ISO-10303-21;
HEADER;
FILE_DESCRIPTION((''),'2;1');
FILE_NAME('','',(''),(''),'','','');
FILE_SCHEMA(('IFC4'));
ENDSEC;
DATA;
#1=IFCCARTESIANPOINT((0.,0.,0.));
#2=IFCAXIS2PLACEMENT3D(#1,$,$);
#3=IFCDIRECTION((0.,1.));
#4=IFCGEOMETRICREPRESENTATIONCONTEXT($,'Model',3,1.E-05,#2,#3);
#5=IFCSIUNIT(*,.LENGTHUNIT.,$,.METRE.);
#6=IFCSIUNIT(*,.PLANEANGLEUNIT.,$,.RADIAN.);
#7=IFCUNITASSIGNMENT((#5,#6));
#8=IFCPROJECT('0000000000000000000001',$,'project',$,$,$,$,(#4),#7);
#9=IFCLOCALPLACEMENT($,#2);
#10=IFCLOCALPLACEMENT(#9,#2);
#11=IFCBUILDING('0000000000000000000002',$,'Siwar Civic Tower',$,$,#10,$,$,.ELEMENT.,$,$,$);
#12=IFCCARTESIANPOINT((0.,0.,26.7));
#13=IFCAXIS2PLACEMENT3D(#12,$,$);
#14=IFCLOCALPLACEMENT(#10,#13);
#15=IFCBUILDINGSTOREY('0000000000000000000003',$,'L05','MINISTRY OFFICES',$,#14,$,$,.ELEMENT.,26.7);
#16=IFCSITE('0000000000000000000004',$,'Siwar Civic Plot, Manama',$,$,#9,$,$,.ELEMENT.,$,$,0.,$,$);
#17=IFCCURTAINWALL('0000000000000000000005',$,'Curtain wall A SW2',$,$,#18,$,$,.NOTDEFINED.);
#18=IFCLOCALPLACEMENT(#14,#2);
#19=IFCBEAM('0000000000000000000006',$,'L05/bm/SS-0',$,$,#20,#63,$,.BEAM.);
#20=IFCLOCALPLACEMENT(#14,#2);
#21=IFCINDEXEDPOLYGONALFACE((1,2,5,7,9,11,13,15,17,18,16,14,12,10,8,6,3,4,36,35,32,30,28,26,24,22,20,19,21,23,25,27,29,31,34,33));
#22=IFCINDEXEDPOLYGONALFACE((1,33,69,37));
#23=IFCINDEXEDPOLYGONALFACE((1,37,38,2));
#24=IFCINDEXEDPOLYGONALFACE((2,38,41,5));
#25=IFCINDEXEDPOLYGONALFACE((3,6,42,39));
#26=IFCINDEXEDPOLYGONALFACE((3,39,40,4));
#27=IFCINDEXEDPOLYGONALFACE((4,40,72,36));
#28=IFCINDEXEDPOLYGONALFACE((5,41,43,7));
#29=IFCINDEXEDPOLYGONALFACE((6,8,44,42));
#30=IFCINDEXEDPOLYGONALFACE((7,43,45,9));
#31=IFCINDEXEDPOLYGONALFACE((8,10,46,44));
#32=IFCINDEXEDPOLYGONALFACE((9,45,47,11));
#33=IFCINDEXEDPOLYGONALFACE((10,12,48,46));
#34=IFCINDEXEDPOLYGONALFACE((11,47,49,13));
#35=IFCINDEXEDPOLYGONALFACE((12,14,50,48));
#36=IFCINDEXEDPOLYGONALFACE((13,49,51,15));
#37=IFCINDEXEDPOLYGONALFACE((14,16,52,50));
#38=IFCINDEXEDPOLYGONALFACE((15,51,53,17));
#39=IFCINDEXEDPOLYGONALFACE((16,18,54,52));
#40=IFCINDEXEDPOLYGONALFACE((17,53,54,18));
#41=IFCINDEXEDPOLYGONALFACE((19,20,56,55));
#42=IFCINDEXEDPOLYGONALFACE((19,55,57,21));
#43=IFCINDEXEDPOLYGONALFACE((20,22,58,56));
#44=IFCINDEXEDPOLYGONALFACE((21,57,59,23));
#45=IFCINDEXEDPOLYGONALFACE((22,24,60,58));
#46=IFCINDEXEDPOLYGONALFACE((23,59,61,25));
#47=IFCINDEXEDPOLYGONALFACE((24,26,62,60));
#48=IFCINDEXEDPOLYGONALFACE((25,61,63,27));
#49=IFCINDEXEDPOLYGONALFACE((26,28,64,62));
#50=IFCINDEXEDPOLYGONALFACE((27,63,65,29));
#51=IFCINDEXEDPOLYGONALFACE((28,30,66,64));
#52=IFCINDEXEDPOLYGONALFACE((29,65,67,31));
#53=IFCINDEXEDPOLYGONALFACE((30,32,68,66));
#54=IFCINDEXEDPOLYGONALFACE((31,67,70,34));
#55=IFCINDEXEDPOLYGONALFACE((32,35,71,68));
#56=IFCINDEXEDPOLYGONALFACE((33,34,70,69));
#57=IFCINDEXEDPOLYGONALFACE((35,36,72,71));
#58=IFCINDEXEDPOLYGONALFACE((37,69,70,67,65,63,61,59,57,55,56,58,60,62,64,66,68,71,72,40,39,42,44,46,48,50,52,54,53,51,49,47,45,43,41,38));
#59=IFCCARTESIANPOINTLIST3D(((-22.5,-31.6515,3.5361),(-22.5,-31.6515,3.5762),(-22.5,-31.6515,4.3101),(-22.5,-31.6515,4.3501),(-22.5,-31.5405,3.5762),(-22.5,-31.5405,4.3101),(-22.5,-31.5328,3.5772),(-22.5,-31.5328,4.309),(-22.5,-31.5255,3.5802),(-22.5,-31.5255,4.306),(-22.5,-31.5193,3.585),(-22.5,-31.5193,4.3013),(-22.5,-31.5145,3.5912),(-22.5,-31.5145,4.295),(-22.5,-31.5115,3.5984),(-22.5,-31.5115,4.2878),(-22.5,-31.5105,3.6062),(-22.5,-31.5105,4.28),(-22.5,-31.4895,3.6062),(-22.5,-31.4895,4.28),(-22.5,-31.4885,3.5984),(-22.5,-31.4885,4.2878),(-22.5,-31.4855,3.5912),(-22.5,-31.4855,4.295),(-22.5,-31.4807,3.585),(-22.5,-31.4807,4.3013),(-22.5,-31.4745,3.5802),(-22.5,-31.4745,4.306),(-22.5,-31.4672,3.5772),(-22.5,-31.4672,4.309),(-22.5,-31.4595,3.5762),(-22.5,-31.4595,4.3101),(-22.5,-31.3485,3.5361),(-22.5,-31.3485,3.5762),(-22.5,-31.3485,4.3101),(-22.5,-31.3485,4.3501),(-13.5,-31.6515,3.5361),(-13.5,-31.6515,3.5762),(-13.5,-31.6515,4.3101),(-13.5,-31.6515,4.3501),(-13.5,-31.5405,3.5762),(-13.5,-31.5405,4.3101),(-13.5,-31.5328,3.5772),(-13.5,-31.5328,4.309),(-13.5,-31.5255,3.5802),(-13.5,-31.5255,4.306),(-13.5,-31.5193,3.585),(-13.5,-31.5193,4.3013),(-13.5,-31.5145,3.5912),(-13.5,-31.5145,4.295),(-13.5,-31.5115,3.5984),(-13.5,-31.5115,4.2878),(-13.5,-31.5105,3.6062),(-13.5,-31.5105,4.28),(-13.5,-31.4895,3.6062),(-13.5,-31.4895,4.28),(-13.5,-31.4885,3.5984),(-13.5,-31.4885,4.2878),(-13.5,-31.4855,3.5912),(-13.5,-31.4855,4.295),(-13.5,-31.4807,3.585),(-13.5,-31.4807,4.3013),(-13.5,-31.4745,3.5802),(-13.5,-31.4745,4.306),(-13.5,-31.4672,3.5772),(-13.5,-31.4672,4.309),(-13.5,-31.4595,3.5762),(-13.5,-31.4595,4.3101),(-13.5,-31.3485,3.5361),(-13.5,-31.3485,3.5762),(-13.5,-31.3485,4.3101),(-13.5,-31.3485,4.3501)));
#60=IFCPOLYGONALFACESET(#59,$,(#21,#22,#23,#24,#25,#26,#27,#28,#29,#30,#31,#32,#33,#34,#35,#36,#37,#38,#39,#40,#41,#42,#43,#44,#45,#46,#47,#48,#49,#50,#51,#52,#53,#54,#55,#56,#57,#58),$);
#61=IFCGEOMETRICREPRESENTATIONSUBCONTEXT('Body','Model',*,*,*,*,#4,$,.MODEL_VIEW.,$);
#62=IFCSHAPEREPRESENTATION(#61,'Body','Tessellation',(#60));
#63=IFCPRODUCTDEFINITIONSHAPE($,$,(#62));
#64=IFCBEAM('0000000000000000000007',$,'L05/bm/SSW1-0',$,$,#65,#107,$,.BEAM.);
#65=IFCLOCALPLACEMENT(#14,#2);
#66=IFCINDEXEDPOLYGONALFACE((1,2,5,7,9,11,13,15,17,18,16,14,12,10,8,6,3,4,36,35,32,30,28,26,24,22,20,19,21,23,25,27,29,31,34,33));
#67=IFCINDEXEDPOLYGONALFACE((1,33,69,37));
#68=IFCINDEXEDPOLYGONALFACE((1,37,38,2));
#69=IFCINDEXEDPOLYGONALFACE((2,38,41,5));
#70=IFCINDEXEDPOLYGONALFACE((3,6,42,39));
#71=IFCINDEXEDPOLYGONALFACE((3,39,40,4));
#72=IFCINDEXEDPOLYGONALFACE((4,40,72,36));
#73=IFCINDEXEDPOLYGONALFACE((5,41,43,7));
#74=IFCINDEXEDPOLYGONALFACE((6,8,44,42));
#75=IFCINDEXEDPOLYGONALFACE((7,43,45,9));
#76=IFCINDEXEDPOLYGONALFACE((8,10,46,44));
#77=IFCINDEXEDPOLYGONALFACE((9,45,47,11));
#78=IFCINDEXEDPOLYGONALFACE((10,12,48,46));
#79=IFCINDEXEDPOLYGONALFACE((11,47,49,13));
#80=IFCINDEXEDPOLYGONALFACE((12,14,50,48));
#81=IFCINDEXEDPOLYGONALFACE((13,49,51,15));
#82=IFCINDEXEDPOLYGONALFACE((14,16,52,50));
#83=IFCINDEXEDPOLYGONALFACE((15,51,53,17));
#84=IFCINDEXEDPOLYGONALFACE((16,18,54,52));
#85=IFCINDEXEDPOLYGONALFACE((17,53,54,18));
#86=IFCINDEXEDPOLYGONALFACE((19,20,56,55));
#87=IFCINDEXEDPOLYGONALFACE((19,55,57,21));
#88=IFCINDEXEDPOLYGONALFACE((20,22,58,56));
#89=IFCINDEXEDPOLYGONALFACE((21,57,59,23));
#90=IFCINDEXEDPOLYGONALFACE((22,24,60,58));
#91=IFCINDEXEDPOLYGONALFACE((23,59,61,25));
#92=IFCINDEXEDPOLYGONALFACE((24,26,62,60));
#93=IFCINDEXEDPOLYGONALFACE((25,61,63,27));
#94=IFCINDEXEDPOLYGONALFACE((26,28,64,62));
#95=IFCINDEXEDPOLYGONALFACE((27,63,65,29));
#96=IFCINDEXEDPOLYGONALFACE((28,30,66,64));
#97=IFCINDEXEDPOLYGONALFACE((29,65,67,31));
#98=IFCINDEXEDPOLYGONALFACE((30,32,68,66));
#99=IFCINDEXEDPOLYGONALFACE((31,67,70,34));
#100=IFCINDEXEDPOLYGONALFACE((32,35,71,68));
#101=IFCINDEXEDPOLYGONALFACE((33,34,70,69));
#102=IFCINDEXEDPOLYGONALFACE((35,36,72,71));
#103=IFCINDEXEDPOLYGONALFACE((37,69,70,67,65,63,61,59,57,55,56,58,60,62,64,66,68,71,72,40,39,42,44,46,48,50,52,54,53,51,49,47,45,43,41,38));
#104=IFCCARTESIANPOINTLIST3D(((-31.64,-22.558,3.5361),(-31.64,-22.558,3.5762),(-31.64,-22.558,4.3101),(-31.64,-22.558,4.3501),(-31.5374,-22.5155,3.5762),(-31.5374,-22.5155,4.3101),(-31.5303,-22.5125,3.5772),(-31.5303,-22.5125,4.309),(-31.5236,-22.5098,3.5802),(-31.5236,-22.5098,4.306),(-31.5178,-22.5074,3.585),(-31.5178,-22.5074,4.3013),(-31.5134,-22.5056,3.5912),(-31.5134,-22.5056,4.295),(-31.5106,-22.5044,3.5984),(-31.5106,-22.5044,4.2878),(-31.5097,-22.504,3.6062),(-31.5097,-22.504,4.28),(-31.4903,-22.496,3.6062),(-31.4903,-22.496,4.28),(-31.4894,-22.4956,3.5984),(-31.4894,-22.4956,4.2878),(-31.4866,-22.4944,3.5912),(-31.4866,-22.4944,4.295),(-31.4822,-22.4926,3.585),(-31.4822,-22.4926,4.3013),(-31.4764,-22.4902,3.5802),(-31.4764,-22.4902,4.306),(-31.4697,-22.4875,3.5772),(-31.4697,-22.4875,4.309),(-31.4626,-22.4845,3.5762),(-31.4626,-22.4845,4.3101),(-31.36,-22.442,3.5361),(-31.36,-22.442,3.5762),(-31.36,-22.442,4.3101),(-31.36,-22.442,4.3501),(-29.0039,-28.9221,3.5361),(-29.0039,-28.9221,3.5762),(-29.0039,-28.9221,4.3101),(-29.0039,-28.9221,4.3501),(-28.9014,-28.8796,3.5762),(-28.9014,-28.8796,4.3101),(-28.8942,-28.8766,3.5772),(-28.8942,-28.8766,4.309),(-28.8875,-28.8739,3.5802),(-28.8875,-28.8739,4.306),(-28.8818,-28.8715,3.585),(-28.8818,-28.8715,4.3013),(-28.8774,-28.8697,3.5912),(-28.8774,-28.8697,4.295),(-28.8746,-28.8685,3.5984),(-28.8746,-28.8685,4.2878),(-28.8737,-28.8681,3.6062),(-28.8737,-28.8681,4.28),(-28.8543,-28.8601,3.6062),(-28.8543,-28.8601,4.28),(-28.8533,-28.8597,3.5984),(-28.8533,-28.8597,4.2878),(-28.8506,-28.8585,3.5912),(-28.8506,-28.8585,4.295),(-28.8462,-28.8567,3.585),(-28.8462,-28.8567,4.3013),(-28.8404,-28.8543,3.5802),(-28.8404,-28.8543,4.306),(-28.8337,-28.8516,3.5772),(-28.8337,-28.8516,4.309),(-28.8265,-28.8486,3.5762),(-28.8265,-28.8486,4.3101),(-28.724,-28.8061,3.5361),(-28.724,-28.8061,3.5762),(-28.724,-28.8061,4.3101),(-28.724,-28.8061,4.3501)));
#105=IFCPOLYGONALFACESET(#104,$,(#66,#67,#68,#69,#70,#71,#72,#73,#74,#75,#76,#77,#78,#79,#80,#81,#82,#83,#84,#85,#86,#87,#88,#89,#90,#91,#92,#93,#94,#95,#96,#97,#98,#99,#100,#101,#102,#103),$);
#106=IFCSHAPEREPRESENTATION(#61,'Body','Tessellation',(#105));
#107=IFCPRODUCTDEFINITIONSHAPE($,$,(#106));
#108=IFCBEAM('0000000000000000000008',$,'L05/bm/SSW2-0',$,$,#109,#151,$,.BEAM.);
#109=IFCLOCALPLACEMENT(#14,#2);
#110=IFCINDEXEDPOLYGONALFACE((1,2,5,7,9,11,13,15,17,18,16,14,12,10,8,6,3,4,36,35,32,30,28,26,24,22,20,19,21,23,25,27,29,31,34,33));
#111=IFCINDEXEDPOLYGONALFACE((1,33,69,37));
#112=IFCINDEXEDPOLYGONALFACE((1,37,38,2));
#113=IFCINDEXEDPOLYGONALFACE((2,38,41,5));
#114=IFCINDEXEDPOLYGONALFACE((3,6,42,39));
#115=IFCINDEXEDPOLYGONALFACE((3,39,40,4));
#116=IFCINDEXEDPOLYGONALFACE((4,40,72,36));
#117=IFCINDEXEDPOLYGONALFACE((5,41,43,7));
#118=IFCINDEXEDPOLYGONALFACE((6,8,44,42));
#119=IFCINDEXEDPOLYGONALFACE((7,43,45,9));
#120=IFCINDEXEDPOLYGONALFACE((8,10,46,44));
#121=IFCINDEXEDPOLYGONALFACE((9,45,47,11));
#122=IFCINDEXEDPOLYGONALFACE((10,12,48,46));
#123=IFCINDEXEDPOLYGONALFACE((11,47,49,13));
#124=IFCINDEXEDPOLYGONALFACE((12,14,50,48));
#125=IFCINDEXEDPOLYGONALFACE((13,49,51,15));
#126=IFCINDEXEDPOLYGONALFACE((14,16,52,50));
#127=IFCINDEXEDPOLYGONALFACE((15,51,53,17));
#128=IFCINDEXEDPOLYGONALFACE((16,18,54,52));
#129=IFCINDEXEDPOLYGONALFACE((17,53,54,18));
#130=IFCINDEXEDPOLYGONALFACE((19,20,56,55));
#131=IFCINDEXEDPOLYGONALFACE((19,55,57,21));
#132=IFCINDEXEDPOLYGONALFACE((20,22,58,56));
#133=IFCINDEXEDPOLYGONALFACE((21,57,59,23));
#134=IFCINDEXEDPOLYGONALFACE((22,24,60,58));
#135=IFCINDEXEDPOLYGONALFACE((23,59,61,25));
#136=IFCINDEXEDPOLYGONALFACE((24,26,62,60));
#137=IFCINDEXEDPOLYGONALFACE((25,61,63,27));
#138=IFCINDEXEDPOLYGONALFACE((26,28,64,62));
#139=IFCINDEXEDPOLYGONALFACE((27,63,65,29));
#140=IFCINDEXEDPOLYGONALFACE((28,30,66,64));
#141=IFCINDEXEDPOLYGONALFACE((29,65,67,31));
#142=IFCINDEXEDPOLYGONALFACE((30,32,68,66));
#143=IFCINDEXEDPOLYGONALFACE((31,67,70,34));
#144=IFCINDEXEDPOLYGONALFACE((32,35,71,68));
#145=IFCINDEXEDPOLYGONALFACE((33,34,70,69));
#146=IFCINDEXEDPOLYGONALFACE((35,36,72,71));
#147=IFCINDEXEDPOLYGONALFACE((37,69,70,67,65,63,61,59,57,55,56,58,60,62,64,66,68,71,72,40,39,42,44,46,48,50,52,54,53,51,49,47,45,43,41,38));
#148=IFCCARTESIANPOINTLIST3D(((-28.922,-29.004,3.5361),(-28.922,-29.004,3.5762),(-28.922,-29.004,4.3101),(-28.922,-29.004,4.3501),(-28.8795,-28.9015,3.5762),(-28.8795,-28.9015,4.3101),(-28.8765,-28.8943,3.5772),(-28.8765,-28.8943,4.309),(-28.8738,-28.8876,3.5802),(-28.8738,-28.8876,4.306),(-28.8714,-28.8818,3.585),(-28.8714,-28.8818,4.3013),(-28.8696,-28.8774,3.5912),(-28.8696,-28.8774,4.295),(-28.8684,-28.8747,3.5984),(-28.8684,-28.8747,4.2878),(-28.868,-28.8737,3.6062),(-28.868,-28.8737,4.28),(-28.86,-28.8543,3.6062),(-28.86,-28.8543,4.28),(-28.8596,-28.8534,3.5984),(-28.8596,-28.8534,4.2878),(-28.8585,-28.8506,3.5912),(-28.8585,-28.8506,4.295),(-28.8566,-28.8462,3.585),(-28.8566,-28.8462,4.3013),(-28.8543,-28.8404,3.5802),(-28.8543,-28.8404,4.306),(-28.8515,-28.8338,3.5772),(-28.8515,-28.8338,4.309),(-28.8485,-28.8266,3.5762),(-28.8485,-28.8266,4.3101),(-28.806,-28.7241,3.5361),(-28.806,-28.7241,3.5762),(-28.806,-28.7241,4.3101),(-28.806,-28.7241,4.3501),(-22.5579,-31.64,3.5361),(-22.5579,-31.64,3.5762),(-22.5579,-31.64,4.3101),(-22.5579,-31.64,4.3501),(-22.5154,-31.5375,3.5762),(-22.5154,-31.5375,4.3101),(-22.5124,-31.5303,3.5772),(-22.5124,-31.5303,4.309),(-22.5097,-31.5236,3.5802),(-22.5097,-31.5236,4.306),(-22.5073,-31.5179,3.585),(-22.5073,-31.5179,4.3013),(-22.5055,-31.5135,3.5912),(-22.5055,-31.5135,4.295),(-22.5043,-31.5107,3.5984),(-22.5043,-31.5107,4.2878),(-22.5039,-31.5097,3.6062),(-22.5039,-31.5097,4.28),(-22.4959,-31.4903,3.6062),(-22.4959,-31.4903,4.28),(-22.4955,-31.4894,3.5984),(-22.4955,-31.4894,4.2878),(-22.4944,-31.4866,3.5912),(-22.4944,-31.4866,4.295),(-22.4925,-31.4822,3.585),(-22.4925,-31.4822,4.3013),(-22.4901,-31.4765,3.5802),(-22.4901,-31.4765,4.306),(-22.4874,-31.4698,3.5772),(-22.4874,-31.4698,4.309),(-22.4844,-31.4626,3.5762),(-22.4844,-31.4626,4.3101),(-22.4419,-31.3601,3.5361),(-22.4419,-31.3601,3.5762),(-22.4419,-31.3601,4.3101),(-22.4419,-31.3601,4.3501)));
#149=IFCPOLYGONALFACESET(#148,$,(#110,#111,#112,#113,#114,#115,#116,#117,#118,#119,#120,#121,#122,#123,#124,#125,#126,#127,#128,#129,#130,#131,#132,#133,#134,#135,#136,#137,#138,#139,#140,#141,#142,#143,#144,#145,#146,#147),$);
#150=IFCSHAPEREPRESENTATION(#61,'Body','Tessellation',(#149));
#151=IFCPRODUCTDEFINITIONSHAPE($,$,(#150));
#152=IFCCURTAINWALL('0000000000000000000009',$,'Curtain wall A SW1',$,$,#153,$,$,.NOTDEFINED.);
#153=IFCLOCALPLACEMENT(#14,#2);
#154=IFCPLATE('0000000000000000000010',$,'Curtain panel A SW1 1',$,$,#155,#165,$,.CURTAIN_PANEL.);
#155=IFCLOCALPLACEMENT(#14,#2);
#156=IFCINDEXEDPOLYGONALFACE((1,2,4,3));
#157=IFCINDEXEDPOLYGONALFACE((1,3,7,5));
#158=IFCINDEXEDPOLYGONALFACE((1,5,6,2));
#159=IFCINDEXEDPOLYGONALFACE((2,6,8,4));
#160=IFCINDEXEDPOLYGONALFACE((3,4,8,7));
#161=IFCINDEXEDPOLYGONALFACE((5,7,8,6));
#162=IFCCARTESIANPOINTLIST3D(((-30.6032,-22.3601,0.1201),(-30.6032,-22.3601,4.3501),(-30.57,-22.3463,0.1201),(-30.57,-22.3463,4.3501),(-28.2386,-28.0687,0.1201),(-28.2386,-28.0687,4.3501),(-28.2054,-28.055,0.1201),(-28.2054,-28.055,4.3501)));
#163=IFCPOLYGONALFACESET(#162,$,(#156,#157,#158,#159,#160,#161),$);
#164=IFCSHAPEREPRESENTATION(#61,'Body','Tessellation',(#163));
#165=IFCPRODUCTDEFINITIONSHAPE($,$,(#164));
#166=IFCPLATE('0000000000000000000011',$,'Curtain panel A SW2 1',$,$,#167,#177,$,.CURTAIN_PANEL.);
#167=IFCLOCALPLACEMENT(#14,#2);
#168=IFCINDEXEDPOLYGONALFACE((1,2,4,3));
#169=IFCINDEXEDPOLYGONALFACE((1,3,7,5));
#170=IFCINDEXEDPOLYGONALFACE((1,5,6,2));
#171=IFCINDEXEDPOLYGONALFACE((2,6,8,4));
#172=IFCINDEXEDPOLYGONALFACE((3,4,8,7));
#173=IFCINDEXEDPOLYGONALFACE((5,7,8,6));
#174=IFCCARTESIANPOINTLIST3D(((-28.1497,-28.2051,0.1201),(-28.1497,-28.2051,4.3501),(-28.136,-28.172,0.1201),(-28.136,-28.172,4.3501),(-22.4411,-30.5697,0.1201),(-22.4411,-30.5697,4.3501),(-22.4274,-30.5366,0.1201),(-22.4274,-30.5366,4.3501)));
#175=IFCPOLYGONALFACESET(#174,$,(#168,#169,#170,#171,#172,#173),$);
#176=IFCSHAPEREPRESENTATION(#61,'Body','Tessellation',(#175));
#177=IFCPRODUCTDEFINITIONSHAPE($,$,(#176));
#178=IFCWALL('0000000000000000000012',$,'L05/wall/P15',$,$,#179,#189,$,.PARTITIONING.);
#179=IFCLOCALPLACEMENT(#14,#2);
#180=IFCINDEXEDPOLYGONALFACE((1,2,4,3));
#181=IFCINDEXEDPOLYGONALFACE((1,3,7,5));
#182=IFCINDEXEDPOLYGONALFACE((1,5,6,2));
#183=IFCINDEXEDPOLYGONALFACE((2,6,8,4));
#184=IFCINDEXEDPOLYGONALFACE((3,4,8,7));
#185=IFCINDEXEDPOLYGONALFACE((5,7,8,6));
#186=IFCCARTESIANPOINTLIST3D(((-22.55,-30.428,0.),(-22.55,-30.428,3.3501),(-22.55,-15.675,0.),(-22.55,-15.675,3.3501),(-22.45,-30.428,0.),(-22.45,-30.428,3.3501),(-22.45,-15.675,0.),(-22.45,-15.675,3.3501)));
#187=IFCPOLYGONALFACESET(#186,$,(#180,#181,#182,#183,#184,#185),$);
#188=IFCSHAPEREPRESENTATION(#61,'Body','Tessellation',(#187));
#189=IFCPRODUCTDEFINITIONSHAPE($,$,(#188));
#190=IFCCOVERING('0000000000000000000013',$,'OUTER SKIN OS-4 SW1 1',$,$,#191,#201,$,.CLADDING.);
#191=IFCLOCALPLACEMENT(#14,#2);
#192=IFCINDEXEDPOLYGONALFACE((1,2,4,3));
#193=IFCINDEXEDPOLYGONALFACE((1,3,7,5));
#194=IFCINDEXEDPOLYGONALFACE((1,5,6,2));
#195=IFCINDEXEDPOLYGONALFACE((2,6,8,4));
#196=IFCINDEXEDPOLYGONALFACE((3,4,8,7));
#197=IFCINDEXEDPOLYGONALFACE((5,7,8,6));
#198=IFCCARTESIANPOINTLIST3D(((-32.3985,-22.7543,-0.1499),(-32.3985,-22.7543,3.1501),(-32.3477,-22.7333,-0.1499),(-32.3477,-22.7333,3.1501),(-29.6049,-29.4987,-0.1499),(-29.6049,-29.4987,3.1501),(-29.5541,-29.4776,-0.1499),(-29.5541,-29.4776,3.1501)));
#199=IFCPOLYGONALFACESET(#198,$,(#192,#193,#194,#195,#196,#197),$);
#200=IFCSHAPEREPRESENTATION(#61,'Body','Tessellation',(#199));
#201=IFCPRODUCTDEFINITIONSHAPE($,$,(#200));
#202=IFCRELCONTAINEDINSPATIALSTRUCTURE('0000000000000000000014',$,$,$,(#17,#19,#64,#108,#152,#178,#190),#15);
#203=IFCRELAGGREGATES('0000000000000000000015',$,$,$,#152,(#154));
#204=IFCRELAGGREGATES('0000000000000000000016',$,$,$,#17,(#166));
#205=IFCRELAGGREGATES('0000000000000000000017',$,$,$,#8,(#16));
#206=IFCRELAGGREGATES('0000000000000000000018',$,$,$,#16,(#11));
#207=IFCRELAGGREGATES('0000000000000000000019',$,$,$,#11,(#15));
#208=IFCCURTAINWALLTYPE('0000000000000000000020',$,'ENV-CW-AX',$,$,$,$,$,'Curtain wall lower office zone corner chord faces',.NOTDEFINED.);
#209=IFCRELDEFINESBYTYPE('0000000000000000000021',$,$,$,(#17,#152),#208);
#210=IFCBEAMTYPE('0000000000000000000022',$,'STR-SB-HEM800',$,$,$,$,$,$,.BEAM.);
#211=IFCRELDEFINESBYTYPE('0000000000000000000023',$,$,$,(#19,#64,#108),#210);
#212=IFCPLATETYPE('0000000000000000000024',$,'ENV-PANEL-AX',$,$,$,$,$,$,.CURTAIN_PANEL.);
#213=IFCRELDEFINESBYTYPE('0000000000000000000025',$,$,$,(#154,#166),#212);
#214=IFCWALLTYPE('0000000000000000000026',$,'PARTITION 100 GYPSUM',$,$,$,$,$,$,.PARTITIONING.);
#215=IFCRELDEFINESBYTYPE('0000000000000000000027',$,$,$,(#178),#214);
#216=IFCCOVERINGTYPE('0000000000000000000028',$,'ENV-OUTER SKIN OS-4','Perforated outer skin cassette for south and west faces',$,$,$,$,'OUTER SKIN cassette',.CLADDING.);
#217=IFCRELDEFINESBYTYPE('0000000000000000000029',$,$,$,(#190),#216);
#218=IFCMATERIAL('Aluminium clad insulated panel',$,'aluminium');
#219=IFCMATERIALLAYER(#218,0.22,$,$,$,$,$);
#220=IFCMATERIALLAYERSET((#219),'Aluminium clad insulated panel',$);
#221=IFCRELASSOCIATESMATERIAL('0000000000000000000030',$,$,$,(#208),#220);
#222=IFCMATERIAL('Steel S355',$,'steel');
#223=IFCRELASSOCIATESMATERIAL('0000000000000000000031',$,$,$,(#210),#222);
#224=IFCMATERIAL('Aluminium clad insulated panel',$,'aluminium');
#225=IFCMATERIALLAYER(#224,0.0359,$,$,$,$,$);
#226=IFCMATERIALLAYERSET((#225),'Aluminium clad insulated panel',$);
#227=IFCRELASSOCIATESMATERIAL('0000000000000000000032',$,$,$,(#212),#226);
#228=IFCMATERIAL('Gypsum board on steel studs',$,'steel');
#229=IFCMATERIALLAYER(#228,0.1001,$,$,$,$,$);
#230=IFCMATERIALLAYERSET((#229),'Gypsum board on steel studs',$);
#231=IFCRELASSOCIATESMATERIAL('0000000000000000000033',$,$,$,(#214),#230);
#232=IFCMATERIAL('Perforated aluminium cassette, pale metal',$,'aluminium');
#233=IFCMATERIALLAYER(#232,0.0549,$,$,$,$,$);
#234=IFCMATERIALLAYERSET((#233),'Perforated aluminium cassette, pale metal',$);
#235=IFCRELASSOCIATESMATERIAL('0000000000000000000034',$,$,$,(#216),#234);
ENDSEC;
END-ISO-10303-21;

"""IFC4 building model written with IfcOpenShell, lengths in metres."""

from ifc_helpers import new_model, si_unit, direction, frame, frame_2d, origin, origin_2d, place, context, subcontext, project, spatial, rectangle, i_section, extrude, material, layer, layer_set, material_profile, profile_set, type_object, element, aggregate, save


model = new_model("IFC4")

# Units and contexts
model_context = context("Model", 3, precision=1e-05, world=origin(), true_north=direction((0.0, 1.0)))
body_context = subcontext(model_context, "Body", "Model", "MODEL_VIEW")
ifc_project = project(units=[si_unit("LENGTHUNIT", "METRE"), si_unit("PLANEANGLEUNIT", "RADIAN")], contexts=[model_context])

# Site, building, storey
site_placement = place(None, origin())
site = spatial("IfcSite", under=ifc_project, at=site_placement, Name="Siwar Civic Plot, Manama", CompositionType="ELEMENT", RefElevation=0.0)
building_placement = place(site_placement, origin())
building = spatial("IfcBuilding", under=site, at=building_placement, Name="Siwar Civic Tower", CompositionType="ELEMENT")
storey_placement = place(building_placement, frame((0.0, 0.0, 26.7)))
storey = spatial("IfcBuildingStorey", under=building, at=storey_placement, Name="L05", Description="MINISTRY OFFICES", CompositionType="ELEMENT", Elevation=26.7)

# Curtain wall
ifc_material_1 = material(Name="Aluminium clad insulated panel", Category="aluminium")
ifc_layer_1 = layer(ifc_material_1, 0.22)
ifc_layer_set_1 = layer_set([ifc_layer_1], Name="Aluminium clad insulated panel")
curtain_wall_type_1 = type_object("IfcCurtainWallType", Name="ENV-CW-AX", ElementType="Curtain wall lower office zone corner chord faces", PredefinedType="NOTDEFINED", material=ifc_layer_set_1)
curtain_wall_1_placement = place(storey_placement, origin())
curtain_wall_1 = element("IfcCurtainWall", 1, at=curtain_wall_1_placement, inside=storey, type_object=curtain_wall_type_1, Name="Curtain wall A SW2", PredefinedType="NOTDEFINED")

# Beams
ifc_material_2 = material(Name="Steel S355", Category="steel")
ifc_material_profile_1 = material_profile(ifc_material_2, i_section(OverallWidth=0.303, OverallDepth=0.814, WebThickness=0.021, FlangeThickness=0.04, FilletRadius=0.03, at=origin_2d()), Name="HEM800")
ifc_profile_set_1 = profile_set([ifc_material_profile_1], Name="Steel S355")
beam_type_1 = type_object("IfcBeamType", Name="STR-SB-HEM800", PredefinedType="BEAM", material=ifc_profile_set_1)
beam_1_placement = place(storey_placement, frame((-22.5, -31.5, 3.9431), z_axis=(1.0, 0.0, 0.0), x_axis=(0.0, 1.0, 0.0)))
element("IfcBeam", 2, at=beam_1_placement, inside=storey, type_object=beam_type_1, Name="L05/bm/SS-0", PredefinedType="BEAM", context=body_context, shape_type="SweptSolid", body=[
    extrude(i_section(OverallWidth=0.303, OverallDepth=0.814, WebThickness=0.021, FlangeThickness=0.04, FilletRadius=0.03, at=origin_2d()), origin(), (0.0, 0.0, 1.0), 9.0),
])
for number, where, z_axis, x_axis, name in (
    (3, (-31.5, -22.5, 3.9431), (0.382674, -0.923883, 0.0), (0.923883, 0.382674, 0.0), "L05/bm/SSW1-0"),
    (4, (-28.864, -28.864, 3.9431), (0.923883, -0.382674, 0.0), (0.382674, 0.923883, 0.0), "L05/bm/SSW2-0"),
):
    element("IfcBeam", number, at=place(storey_placement, frame(where, z_axis=z_axis, x_axis=x_axis)), inside=storey, type_object=beam_type_1, Name=name, PredefinedType="BEAM", context=body_context, shape_type="SweptSolid", body=[
        extrude(i_section(OverallWidth=0.303, OverallDepth=0.814, WebThickness=0.021, FlangeThickness=0.04, FilletRadius=0.03, at=origin_2d()), origin(), (0.0, 0.0, 1.0), 6.8884),
    ])

# Curtain wall, plate
curtain_wall_2_placement = place(storey_placement, origin())
curtain_wall_2 = element("IfcCurtainWall", 5, at=curtain_wall_2_placement, inside=storey, type_object=curtain_wall_type_1, Name="Curtain wall A SW1", PredefinedType="NOTDEFINED")
ifc_material_3 = material(Name="Aluminium clad insulated panel", Category="aluminium")
ifc_layer_2 = layer(ifc_material_3, 0.0359)
ifc_layer_set_2 = layer_set([ifc_layer_2], Name="Aluminium clad insulated panel")
plate_type = type_object("IfcPlateType", Name="ENV-PANEL-AX", PredefinedType="CURTAIN_PANEL", material=ifc_layer_set_2)
plate_1_placement = place(storey_placement, frame((-29.4043, -25.2075, 0.1201), z_axis=(0.0, 0.0, 1.0), x_axis=(0.382683, -0.92388, 0.0)))
plate_1 = element("IfcPlate", 6, at=plate_1_placement, type_object=plate_type, Name="Curtain panel A SW1 1", PredefinedType="CURTAIN_PANEL", context=body_context, shape_type="SweptSolid", body=[
    extrude(rectangle(XDim=6.179, YDim=0.0359, at=origin_2d()), origin(), (0.0, 0.0, 1.0), 4.23),
])
aggregate(curtain_wall_2, [plate_1])

# Plate
plate_2_placement = place(storey_placement, frame((-25.2886, -29.3708, 0.1201), z_axis=(0.0, 0.0, 1.0), x_axis=(0.92388, -0.382683, 0.0)))
plate_2 = element("IfcPlate", 7, at=plate_2_placement, type_object=plate_type, Name="Curtain panel A SW2 1", PredefinedType="CURTAIN_PANEL", context=body_context, shape_type="SweptSolid", body=[
    extrude(rectangle(XDim=6.179, YDim=0.0359, at=origin_2d()), origin(), (0.0, 0.0, 1.0), 4.23),
])
aggregate(curtain_wall_1, [plate_2])

# Wall
ifc_material_4 = material(Name="Gypsum board on steel studs", Category="steel")
ifc_layer_3 = layer(ifc_material_4, 0.1001)
ifc_layer_set_3 = layer_set([ifc_layer_3], Name="Gypsum board on steel studs")
wall_type = type_object("IfcWallType", Name="PARTITION 100 GYPSUM", PredefinedType="PARTITIONING", material=ifc_layer_set_3)
wall_placement = place(storey_placement, frame((-22.5, -30.428, 0.0), z_axis=(0.0, 0.0, 1.0), x_axis=(0.0, 1.0, 0.0)))
element("IfcWall", 8, at=wall_placement, inside=storey, type_object=wall_type, Name="L05/wall/P15", PredefinedType="PARTITIONING", context=body_context, shape_type="SweptSolid", body=[
    extrude(rectangle(XDim=14.7529, YDim=0.1001, at=frame_2d((7.3765, 0.0))), origin(), (0.0, 0.0, 1.0), 3.3501),
])

# Covering
ifc_material_5 = material(Name="Perforated aluminium cassette, pale metal", Category="aluminium")
ifc_layer_4 = layer(ifc_material_5, 0.0549)
ifc_layer_set_4 = layer_set([ifc_layer_4], Name="Perforated aluminium cassette, pale metal")
covering_type = type_object("IfcCoveringType", Name="ENV-OUTER SKIN OS-4", Description="Perforated outer skin cassette for south and west faces", ElementType="OUTER SKIN cassette", PredefinedType="CLADDING", material=ifc_layer_set_4)
for number, where, z_axis, x_axis, name in (
    (9, (-30.9763, -26.116, -0.1499), (0.0, 0.0, 1.0), (0.382683, -0.92388, 0.0), "OUTER SKIN OS-4 SW1 1"),
):
    element("IfcCovering", number, at=place(storey_placement, frame(where, z_axis=z_axis, x_axis=x_axis)), inside=storey, type_object=covering_type, Name=name, PredefinedType="CLADDING", context=body_context, shape_type="SweptSolid", body=[
        extrude(rectangle(XDim=7.3, YDim=0.0549, at=origin_2d()), origin(), (0.0, 0.0, 1.0), 3.3),
    ])

save(model, "model.ifc")
